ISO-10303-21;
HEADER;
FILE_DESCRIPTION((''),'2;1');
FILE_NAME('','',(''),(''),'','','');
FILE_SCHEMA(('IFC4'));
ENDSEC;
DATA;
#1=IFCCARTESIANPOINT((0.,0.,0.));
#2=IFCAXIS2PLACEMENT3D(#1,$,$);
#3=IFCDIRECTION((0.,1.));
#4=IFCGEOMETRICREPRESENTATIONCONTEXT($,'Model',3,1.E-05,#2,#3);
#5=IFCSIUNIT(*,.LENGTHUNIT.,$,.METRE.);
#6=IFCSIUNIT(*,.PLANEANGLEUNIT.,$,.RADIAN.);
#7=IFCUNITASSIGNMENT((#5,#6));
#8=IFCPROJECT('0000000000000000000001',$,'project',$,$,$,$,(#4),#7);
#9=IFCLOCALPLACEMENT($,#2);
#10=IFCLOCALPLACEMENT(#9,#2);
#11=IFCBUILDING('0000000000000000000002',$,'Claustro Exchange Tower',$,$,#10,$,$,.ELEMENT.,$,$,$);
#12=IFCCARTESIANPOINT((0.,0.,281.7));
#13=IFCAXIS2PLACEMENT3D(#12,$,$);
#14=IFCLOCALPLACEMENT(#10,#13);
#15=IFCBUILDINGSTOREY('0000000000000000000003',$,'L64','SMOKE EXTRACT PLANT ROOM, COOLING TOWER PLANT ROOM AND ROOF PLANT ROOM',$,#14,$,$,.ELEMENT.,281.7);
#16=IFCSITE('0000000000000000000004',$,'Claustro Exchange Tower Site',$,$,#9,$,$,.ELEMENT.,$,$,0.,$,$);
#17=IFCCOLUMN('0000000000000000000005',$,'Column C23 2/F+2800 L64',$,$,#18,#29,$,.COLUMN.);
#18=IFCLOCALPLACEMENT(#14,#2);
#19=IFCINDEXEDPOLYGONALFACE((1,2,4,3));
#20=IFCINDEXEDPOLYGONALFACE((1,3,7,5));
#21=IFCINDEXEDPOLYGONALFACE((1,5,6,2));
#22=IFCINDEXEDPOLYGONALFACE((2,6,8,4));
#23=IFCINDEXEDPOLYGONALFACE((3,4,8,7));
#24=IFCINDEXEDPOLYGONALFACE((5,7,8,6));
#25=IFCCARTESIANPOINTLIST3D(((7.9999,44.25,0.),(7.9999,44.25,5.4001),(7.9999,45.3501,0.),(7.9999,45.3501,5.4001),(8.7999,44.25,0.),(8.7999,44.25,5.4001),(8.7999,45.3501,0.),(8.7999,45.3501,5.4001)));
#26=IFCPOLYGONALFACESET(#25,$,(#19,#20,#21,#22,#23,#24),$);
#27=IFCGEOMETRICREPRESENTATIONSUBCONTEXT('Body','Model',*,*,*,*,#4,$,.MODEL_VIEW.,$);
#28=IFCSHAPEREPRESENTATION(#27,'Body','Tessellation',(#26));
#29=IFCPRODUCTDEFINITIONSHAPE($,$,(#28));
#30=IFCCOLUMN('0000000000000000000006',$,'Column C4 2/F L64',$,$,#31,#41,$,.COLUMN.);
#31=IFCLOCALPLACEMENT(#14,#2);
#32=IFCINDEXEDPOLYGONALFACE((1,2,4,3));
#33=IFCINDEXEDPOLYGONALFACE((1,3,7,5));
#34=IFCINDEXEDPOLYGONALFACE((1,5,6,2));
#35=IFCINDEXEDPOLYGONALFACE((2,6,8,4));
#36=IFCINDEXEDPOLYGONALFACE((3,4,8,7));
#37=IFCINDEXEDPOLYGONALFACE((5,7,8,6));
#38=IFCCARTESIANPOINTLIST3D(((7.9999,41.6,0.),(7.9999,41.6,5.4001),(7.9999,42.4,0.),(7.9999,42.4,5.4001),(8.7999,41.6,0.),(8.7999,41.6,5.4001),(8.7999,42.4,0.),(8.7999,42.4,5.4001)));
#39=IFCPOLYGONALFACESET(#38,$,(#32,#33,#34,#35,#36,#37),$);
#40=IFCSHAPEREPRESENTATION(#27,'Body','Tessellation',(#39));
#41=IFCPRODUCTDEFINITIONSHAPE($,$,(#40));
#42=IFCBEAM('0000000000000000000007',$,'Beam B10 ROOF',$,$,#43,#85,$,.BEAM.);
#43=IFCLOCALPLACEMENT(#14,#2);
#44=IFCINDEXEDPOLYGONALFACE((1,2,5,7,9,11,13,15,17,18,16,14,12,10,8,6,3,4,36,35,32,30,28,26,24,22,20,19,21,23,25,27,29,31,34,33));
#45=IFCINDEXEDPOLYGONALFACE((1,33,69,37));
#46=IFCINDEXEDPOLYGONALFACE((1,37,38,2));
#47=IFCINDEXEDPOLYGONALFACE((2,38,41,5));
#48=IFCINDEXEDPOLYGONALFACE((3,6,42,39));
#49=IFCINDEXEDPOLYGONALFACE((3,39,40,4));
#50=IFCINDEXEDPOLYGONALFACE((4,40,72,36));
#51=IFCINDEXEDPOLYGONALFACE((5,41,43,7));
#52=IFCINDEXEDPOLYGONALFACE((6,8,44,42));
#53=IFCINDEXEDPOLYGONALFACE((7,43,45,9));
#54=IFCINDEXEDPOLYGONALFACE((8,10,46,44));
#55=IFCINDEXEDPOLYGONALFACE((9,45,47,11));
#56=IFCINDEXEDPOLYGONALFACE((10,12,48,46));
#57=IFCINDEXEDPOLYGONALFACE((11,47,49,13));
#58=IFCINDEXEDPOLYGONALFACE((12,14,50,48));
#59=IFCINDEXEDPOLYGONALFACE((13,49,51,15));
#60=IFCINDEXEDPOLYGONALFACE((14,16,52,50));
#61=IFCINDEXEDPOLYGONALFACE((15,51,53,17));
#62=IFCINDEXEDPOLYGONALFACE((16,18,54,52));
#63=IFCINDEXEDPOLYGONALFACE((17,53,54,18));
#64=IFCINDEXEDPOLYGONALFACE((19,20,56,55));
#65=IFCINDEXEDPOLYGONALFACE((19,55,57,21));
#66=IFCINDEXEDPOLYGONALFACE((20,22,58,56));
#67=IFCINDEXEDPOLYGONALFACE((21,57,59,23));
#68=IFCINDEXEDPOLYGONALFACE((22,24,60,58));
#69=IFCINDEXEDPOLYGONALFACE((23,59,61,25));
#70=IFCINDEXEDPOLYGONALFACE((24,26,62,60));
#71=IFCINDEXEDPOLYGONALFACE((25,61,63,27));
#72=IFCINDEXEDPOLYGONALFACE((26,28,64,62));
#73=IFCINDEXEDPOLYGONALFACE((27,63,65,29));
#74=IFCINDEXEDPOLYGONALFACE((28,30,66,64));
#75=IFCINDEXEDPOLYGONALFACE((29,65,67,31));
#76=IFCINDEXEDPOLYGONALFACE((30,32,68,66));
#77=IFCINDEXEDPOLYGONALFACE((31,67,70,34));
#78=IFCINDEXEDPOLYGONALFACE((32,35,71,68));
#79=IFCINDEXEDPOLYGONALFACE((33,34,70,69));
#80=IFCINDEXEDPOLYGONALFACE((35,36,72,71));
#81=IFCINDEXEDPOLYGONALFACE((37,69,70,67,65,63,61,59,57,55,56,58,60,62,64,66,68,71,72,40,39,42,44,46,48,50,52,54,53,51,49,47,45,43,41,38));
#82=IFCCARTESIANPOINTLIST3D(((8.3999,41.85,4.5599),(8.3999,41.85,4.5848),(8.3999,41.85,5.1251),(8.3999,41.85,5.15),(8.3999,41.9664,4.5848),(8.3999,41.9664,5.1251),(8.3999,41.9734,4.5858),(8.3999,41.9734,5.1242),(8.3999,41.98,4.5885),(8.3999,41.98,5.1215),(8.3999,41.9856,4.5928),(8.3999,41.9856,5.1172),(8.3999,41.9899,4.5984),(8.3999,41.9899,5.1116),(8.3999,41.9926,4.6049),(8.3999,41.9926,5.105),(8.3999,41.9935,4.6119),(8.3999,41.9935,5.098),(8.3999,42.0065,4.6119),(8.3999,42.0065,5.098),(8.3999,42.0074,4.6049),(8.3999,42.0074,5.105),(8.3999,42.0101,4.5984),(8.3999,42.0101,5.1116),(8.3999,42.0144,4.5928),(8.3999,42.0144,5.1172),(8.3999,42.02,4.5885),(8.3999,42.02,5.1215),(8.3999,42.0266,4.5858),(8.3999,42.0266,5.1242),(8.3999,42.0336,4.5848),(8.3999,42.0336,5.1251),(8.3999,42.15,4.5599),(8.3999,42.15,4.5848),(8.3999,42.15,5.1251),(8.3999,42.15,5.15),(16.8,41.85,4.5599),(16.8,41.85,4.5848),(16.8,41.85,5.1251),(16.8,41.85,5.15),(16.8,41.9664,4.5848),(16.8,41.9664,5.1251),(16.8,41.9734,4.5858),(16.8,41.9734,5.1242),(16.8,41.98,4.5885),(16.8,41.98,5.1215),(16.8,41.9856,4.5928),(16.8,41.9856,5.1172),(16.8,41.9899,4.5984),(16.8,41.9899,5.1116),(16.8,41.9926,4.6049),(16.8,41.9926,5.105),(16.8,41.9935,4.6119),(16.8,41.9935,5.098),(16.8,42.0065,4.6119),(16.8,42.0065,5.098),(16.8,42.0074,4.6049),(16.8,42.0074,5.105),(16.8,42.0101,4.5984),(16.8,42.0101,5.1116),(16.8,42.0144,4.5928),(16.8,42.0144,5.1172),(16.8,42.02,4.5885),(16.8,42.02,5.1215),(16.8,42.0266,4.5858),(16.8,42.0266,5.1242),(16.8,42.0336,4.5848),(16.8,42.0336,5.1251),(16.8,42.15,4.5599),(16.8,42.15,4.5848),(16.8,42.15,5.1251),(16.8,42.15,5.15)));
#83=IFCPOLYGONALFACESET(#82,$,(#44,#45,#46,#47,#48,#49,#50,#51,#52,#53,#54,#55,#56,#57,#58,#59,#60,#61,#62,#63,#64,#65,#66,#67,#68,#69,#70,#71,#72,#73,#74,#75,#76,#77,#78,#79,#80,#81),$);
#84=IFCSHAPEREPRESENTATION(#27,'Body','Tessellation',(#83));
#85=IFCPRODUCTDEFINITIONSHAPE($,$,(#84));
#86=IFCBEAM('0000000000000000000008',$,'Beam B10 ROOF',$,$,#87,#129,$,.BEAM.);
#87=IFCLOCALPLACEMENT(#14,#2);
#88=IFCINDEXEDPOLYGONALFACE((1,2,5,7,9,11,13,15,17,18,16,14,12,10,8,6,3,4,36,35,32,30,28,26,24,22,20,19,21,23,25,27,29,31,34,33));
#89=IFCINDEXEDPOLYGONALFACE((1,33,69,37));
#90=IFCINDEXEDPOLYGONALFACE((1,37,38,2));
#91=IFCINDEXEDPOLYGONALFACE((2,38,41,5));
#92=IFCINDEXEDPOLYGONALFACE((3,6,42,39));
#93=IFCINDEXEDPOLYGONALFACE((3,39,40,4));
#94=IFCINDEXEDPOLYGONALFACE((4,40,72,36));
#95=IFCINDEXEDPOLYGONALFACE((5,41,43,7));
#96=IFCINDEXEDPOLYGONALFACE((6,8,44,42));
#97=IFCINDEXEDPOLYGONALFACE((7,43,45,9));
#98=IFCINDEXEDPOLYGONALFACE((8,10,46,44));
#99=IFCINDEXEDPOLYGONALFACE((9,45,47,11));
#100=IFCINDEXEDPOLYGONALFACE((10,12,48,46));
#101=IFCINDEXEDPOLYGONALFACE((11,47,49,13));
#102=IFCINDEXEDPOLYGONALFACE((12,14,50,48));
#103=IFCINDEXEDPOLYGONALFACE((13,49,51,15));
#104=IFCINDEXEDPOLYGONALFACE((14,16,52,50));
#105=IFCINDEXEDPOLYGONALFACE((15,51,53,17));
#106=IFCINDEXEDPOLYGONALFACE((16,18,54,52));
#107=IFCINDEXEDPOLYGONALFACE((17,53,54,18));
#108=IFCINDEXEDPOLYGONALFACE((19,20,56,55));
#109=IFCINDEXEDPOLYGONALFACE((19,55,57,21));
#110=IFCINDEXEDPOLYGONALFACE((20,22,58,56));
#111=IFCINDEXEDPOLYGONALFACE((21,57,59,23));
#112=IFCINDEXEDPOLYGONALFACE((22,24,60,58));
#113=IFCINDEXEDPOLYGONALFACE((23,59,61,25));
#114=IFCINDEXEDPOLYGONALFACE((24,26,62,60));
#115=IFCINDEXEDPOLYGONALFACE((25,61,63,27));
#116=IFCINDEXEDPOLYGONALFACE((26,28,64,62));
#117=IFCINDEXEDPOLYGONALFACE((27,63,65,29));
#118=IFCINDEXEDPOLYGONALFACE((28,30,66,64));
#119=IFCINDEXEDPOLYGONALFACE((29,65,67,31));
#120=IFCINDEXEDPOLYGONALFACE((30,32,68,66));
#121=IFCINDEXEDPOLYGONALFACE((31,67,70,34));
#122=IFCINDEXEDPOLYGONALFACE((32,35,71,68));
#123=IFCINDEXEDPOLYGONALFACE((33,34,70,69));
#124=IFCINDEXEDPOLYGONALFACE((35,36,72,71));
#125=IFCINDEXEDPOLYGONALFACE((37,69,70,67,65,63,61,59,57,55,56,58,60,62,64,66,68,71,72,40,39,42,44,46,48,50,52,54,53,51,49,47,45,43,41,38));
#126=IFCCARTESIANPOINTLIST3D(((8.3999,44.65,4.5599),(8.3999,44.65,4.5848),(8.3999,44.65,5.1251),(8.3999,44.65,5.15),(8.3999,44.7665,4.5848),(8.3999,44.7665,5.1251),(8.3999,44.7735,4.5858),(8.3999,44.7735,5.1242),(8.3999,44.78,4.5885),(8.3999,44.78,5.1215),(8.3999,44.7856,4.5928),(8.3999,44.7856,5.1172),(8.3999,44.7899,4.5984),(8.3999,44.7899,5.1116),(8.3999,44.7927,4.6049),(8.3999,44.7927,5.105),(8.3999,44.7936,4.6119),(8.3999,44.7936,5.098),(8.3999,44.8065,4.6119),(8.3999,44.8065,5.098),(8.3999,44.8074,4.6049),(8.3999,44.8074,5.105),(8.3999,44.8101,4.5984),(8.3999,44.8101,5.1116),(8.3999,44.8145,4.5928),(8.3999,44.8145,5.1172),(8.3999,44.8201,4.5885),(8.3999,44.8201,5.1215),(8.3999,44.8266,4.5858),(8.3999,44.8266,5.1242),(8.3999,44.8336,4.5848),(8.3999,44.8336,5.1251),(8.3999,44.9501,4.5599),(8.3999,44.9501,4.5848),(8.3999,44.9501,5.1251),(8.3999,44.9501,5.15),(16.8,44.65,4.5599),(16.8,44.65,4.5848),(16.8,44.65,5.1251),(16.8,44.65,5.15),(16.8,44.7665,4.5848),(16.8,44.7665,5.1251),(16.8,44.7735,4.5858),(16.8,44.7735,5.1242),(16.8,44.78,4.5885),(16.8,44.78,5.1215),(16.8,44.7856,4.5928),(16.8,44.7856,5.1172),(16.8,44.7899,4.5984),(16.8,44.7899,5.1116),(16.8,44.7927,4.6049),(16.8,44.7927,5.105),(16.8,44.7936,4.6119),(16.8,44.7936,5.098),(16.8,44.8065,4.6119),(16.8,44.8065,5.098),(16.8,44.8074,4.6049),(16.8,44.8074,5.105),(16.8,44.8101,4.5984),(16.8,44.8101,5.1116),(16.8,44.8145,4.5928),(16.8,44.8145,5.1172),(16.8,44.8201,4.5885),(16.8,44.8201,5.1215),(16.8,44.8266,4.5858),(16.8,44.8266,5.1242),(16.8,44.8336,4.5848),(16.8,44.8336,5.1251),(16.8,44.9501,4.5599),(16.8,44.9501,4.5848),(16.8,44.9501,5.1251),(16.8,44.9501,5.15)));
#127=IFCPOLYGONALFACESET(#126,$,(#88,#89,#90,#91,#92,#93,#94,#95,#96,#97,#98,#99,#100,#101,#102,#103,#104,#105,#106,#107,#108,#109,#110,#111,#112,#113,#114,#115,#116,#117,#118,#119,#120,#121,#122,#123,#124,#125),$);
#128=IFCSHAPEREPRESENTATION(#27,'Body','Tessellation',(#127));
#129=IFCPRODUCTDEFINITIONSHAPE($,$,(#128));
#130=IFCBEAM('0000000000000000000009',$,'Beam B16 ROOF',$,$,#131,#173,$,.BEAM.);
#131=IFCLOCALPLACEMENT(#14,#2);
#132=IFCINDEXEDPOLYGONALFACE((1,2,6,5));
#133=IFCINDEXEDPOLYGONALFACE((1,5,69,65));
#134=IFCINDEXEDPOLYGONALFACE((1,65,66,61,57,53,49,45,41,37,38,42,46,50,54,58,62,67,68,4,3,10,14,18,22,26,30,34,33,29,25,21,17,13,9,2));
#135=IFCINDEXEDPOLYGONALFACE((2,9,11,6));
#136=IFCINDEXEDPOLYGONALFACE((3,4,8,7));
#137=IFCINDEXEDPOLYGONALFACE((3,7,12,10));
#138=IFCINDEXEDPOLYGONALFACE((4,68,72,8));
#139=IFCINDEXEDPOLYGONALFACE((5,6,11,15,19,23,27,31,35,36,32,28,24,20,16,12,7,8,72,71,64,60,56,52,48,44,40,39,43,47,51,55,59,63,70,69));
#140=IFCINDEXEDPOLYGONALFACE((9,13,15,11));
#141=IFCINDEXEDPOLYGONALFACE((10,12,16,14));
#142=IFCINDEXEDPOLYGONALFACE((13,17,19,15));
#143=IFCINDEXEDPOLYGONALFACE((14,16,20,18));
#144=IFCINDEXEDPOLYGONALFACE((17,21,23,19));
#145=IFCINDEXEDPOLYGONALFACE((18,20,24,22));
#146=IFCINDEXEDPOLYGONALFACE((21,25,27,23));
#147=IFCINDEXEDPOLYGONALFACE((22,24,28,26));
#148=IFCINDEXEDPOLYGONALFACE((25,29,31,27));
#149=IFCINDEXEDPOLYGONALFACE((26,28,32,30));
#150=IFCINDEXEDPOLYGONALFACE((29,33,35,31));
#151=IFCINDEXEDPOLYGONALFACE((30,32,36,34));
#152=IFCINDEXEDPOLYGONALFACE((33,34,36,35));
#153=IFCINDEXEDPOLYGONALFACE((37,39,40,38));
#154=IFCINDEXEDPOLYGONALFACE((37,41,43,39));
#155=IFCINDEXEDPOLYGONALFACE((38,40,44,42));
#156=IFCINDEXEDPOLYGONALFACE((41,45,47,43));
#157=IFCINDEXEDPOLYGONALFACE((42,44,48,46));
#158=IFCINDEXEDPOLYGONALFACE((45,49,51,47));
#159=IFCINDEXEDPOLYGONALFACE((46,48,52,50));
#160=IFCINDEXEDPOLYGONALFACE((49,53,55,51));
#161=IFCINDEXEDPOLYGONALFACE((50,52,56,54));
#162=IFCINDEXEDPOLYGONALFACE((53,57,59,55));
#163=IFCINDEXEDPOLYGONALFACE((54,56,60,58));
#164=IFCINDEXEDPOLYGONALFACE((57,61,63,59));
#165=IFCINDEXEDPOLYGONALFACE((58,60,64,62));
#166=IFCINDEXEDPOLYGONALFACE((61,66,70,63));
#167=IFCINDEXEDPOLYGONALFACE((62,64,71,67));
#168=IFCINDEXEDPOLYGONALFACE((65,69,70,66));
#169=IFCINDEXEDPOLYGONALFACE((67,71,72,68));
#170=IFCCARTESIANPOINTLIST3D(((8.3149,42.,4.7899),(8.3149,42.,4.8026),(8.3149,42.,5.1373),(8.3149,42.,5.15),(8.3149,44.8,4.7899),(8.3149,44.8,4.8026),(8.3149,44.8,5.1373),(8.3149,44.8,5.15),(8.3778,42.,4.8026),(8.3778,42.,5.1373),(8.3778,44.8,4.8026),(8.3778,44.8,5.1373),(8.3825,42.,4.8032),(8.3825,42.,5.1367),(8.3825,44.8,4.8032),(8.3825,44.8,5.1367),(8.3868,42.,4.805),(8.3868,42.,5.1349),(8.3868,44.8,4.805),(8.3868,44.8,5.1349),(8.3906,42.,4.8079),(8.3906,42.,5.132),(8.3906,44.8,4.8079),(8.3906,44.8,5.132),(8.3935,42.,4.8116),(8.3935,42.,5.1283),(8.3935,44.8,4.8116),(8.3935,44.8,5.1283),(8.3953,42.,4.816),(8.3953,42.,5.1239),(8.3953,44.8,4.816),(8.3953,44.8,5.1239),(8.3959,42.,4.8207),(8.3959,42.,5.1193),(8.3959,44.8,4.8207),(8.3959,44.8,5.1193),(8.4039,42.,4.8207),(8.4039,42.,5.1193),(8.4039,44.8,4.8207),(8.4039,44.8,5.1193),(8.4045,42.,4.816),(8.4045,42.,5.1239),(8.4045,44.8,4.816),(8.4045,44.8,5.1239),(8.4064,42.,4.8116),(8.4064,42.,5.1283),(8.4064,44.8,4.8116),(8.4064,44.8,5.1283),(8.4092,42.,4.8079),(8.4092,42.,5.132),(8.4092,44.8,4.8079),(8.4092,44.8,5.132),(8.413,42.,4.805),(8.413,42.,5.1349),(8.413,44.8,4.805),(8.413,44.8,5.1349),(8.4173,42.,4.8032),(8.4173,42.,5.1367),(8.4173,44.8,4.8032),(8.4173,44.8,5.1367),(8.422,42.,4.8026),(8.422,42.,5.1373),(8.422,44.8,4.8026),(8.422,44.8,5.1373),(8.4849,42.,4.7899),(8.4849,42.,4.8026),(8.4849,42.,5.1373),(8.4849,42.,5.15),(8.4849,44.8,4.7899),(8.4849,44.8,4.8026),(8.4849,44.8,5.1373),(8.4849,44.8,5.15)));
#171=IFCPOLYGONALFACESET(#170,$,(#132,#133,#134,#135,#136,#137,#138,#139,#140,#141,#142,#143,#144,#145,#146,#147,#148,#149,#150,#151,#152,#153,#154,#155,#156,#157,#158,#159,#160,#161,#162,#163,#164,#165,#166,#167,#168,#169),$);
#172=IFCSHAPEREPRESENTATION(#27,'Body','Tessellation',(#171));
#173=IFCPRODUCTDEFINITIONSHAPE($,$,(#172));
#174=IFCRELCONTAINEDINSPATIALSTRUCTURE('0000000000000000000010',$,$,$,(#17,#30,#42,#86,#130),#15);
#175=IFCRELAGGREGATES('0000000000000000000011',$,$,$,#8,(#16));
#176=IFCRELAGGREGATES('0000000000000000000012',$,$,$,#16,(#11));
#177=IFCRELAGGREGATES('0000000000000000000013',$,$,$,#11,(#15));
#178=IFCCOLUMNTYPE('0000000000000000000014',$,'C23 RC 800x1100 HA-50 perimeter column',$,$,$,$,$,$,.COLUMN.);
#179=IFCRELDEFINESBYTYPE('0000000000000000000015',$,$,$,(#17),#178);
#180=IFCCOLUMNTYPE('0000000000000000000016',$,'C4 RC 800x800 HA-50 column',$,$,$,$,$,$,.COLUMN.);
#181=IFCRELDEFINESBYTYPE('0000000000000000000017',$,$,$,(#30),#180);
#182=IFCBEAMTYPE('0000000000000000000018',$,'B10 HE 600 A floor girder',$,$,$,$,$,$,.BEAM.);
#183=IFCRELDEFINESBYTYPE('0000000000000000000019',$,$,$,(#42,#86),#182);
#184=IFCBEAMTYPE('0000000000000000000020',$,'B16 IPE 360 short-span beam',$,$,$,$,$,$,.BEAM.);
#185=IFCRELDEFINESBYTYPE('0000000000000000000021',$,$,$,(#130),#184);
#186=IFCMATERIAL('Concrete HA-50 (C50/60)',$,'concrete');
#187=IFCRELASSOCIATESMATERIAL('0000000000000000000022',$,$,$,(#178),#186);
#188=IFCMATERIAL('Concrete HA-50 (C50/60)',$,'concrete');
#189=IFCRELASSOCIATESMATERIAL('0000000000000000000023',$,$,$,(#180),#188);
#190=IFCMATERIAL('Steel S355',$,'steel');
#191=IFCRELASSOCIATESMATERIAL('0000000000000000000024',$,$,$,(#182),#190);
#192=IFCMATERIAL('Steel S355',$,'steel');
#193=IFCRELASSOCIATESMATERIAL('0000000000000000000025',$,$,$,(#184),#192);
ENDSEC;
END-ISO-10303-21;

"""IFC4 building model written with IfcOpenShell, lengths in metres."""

from ifc_helpers import new_model, si_unit, direction, frame, origin, origin_2d, place, context, subcontext, project, spatial, rectangle, i_section, extrude, material, material_profile, profile_set, type_object, element, save


model = new_model("IFC4")

# Units and contexts
model_context = context("Model", 3, precision=1e-05, world=origin(), true_north=direction((0.0, 1.0)))
body_context = subcontext(model_context, "Body", "Model", "MODEL_VIEW")
ifc_project = project(units=[si_unit("LENGTHUNIT", "METRE"), si_unit("PLANEANGLEUNIT", "RADIAN")], contexts=[model_context])

# Site, building, storey
site_placement = place(None, origin())
site = spatial("IfcSite", under=ifc_project, at=site_placement, Name="Claustro Exchange Tower Site", CompositionType="ELEMENT", RefElevation=0.0)
building_placement = place(site_placement, origin())
building = spatial("IfcBuilding", under=site, at=building_placement, Name="Claustro Exchange Tower", CompositionType="ELEMENT")
storey_placement = place(building_placement, frame((0.0, 0.0, 281.7)))
storey = spatial("IfcBuildingStorey", under=building, at=storey_placement, Name="L64", Description="SMOKE EXTRACT PLANT ROOM, COOLING TOWER PLANT ROOM AND ROOF PLANT ROOM", CompositionType="ELEMENT", Elevation=281.7)

# Columns
ifc_material_1 = material(Name="Concrete HA-50 (C50/60)", Category="concrete")
ifc_material_profile_1 = material_profile(ifc_material_1, rectangle(XDim=0.8, YDim=1.1001, at=origin_2d()), Name="RC 800x1100")
ifc_profile_set_1 = profile_set([ifc_material_profile_1], Name="Concrete HA-50 (C50/60)")
column_type_1 = type_object("IfcColumnType", Name="C23 RC 800x1100 HA-50 perimeter column", PredefinedType="COLUMN", material=ifc_profile_set_1)
column_1_placement = place(storey_placement, frame((8.3999, 44.8, 0.0), z_axis=(0.0, 0.0, 1.0), x_axis=(1.0, 0.0, 0.0)))
element("IfcColumn", 1, at=column_1_placement, inside=storey, type_object=column_type_1, Name="Column C23 2/F+2800 L64", PredefinedType="COLUMN", context=body_context, shape_type="SweptSolid", body=[
    extrude(rectangle(XDim=0.8, YDim=1.1001, at=origin_2d()), origin(), (0.0, 0.0, 1.0), 5.4001),
])
ifc_material_2 = material(Name="Concrete HA-50 (C50/60)", Category="concrete")
ifc_material_profile_2 = material_profile(ifc_material_2, rectangle(XDim=0.8, YDim=0.8, at=origin_2d()), Name="RC 800x800")
ifc_profile_set_2 = profile_set([ifc_material_profile_2], Name="Concrete HA-50 (C50/60)")
column_type_2 = type_object("IfcColumnType", Name="C4 RC 800x800 HA-50 column", PredefinedType="COLUMN", material=ifc_profile_set_2)
column_2_placement = place(storey_placement, frame((8.3999, 42.0, 0.0), z_axis=(0.0, 0.0, 1.0), x_axis=(1.0, 0.0, 0.0)))
element("IfcColumn", 2, at=column_2_placement, inside=storey, type_object=column_type_2, Name="Column C4 2/F L64", PredefinedType="COLUMN", context=body_context, shape_type="SweptSolid", body=[
    extrude(rectangle(XDim=0.8, YDim=0.8, at=origin_2d()), origin(), (0.0, 0.0, 1.0), 5.4001),
])

# Beams
ifc_material_3 = material(Name="Steel S355", Category="steel")
ifc_material_profile_3 = material_profile(ifc_material_3, i_section(OverallWidth=0.3, OverallDepth=0.5901, WebThickness=0.0129, FlangeThickness=0.0249, FilletRadius=0.0271, at=origin_2d()), Name="HE 600 A")
ifc_profile_set_3 = profile_set([ifc_material_profile_3], Name="Steel S355")
beam_type_1 = type_object("IfcBeamType", Name="B10 HE 600 A floor girder", PredefinedType="BEAM", material=ifc_profile_set_3)
for number, where, z_axis, x_axis, name in (
    (3, (8.3999, 42.0, 4.855), (1.0, 0.0, 0.0), (0.0, 1.0, 0.0), "Beam B10 ROOF"),
    (4, (8.3999, 44.8, 4.855), (1.0, 0.0, 0.0), (0.0, 1.0, 0.0), "Beam B10 ROOF"),
):
    element("IfcBeam", number, at=place(storey_placement, frame(where, z_axis=z_axis, x_axis=x_axis)), inside=storey, type_object=beam_type_1, Name=name, PredefinedType="BEAM", context=body_context, shape_type="SweptSolid", body=[
        extrude(i_section(OverallWidth=0.3, OverallDepth=0.5901, WebThickness=0.0129, FlangeThickness=0.0249, FilletRadius=0.0271, at=origin_2d()), origin(), (0.0, 0.0, 1.0), 8.4001),
    ])
ifc_material_4 = material(Name="Steel S355", Category="steel")
ifc_material_profile_4 = material_profile(ifc_material_4, i_section(OverallWidth=0.1699, OverallDepth=0.3601, WebThickness=0.0081, FlangeThickness=0.0127, FilletRadius=0.0181, at=origin_2d()), Name="IPE 360")
ifc_profile_set_4 = profile_set([ifc_material_profile_4], Name="Steel S355")
beam_type_2 = type_object("IfcBeamType", Name="B16 IPE 360 short-span beam", PredefinedType="BEAM", material=ifc_profile_set_4)
beam_1_placement = place(storey_placement, frame((8.3999, 42.0, 4.97), z_axis=(0.0, 1.0, 0.0), x_axis=(-1.0, 0.0, 0.0)))
element("IfcBeam", 5, at=beam_1_placement, inside=storey, type_object=beam_type_2, Name="Beam B16 ROOF", PredefinedType="BEAM", context=body_context, shape_type="SweptSolid", body=[
    extrude(i_section(OverallWidth=0.1699, OverallDepth=0.3601, WebThickness=0.0081, FlangeThickness=0.0127, FilletRadius=0.0181, at=origin_2d()), origin(), (0.0, 0.0, 1.0), 2.8),
])

save(model, "model.ifc")
